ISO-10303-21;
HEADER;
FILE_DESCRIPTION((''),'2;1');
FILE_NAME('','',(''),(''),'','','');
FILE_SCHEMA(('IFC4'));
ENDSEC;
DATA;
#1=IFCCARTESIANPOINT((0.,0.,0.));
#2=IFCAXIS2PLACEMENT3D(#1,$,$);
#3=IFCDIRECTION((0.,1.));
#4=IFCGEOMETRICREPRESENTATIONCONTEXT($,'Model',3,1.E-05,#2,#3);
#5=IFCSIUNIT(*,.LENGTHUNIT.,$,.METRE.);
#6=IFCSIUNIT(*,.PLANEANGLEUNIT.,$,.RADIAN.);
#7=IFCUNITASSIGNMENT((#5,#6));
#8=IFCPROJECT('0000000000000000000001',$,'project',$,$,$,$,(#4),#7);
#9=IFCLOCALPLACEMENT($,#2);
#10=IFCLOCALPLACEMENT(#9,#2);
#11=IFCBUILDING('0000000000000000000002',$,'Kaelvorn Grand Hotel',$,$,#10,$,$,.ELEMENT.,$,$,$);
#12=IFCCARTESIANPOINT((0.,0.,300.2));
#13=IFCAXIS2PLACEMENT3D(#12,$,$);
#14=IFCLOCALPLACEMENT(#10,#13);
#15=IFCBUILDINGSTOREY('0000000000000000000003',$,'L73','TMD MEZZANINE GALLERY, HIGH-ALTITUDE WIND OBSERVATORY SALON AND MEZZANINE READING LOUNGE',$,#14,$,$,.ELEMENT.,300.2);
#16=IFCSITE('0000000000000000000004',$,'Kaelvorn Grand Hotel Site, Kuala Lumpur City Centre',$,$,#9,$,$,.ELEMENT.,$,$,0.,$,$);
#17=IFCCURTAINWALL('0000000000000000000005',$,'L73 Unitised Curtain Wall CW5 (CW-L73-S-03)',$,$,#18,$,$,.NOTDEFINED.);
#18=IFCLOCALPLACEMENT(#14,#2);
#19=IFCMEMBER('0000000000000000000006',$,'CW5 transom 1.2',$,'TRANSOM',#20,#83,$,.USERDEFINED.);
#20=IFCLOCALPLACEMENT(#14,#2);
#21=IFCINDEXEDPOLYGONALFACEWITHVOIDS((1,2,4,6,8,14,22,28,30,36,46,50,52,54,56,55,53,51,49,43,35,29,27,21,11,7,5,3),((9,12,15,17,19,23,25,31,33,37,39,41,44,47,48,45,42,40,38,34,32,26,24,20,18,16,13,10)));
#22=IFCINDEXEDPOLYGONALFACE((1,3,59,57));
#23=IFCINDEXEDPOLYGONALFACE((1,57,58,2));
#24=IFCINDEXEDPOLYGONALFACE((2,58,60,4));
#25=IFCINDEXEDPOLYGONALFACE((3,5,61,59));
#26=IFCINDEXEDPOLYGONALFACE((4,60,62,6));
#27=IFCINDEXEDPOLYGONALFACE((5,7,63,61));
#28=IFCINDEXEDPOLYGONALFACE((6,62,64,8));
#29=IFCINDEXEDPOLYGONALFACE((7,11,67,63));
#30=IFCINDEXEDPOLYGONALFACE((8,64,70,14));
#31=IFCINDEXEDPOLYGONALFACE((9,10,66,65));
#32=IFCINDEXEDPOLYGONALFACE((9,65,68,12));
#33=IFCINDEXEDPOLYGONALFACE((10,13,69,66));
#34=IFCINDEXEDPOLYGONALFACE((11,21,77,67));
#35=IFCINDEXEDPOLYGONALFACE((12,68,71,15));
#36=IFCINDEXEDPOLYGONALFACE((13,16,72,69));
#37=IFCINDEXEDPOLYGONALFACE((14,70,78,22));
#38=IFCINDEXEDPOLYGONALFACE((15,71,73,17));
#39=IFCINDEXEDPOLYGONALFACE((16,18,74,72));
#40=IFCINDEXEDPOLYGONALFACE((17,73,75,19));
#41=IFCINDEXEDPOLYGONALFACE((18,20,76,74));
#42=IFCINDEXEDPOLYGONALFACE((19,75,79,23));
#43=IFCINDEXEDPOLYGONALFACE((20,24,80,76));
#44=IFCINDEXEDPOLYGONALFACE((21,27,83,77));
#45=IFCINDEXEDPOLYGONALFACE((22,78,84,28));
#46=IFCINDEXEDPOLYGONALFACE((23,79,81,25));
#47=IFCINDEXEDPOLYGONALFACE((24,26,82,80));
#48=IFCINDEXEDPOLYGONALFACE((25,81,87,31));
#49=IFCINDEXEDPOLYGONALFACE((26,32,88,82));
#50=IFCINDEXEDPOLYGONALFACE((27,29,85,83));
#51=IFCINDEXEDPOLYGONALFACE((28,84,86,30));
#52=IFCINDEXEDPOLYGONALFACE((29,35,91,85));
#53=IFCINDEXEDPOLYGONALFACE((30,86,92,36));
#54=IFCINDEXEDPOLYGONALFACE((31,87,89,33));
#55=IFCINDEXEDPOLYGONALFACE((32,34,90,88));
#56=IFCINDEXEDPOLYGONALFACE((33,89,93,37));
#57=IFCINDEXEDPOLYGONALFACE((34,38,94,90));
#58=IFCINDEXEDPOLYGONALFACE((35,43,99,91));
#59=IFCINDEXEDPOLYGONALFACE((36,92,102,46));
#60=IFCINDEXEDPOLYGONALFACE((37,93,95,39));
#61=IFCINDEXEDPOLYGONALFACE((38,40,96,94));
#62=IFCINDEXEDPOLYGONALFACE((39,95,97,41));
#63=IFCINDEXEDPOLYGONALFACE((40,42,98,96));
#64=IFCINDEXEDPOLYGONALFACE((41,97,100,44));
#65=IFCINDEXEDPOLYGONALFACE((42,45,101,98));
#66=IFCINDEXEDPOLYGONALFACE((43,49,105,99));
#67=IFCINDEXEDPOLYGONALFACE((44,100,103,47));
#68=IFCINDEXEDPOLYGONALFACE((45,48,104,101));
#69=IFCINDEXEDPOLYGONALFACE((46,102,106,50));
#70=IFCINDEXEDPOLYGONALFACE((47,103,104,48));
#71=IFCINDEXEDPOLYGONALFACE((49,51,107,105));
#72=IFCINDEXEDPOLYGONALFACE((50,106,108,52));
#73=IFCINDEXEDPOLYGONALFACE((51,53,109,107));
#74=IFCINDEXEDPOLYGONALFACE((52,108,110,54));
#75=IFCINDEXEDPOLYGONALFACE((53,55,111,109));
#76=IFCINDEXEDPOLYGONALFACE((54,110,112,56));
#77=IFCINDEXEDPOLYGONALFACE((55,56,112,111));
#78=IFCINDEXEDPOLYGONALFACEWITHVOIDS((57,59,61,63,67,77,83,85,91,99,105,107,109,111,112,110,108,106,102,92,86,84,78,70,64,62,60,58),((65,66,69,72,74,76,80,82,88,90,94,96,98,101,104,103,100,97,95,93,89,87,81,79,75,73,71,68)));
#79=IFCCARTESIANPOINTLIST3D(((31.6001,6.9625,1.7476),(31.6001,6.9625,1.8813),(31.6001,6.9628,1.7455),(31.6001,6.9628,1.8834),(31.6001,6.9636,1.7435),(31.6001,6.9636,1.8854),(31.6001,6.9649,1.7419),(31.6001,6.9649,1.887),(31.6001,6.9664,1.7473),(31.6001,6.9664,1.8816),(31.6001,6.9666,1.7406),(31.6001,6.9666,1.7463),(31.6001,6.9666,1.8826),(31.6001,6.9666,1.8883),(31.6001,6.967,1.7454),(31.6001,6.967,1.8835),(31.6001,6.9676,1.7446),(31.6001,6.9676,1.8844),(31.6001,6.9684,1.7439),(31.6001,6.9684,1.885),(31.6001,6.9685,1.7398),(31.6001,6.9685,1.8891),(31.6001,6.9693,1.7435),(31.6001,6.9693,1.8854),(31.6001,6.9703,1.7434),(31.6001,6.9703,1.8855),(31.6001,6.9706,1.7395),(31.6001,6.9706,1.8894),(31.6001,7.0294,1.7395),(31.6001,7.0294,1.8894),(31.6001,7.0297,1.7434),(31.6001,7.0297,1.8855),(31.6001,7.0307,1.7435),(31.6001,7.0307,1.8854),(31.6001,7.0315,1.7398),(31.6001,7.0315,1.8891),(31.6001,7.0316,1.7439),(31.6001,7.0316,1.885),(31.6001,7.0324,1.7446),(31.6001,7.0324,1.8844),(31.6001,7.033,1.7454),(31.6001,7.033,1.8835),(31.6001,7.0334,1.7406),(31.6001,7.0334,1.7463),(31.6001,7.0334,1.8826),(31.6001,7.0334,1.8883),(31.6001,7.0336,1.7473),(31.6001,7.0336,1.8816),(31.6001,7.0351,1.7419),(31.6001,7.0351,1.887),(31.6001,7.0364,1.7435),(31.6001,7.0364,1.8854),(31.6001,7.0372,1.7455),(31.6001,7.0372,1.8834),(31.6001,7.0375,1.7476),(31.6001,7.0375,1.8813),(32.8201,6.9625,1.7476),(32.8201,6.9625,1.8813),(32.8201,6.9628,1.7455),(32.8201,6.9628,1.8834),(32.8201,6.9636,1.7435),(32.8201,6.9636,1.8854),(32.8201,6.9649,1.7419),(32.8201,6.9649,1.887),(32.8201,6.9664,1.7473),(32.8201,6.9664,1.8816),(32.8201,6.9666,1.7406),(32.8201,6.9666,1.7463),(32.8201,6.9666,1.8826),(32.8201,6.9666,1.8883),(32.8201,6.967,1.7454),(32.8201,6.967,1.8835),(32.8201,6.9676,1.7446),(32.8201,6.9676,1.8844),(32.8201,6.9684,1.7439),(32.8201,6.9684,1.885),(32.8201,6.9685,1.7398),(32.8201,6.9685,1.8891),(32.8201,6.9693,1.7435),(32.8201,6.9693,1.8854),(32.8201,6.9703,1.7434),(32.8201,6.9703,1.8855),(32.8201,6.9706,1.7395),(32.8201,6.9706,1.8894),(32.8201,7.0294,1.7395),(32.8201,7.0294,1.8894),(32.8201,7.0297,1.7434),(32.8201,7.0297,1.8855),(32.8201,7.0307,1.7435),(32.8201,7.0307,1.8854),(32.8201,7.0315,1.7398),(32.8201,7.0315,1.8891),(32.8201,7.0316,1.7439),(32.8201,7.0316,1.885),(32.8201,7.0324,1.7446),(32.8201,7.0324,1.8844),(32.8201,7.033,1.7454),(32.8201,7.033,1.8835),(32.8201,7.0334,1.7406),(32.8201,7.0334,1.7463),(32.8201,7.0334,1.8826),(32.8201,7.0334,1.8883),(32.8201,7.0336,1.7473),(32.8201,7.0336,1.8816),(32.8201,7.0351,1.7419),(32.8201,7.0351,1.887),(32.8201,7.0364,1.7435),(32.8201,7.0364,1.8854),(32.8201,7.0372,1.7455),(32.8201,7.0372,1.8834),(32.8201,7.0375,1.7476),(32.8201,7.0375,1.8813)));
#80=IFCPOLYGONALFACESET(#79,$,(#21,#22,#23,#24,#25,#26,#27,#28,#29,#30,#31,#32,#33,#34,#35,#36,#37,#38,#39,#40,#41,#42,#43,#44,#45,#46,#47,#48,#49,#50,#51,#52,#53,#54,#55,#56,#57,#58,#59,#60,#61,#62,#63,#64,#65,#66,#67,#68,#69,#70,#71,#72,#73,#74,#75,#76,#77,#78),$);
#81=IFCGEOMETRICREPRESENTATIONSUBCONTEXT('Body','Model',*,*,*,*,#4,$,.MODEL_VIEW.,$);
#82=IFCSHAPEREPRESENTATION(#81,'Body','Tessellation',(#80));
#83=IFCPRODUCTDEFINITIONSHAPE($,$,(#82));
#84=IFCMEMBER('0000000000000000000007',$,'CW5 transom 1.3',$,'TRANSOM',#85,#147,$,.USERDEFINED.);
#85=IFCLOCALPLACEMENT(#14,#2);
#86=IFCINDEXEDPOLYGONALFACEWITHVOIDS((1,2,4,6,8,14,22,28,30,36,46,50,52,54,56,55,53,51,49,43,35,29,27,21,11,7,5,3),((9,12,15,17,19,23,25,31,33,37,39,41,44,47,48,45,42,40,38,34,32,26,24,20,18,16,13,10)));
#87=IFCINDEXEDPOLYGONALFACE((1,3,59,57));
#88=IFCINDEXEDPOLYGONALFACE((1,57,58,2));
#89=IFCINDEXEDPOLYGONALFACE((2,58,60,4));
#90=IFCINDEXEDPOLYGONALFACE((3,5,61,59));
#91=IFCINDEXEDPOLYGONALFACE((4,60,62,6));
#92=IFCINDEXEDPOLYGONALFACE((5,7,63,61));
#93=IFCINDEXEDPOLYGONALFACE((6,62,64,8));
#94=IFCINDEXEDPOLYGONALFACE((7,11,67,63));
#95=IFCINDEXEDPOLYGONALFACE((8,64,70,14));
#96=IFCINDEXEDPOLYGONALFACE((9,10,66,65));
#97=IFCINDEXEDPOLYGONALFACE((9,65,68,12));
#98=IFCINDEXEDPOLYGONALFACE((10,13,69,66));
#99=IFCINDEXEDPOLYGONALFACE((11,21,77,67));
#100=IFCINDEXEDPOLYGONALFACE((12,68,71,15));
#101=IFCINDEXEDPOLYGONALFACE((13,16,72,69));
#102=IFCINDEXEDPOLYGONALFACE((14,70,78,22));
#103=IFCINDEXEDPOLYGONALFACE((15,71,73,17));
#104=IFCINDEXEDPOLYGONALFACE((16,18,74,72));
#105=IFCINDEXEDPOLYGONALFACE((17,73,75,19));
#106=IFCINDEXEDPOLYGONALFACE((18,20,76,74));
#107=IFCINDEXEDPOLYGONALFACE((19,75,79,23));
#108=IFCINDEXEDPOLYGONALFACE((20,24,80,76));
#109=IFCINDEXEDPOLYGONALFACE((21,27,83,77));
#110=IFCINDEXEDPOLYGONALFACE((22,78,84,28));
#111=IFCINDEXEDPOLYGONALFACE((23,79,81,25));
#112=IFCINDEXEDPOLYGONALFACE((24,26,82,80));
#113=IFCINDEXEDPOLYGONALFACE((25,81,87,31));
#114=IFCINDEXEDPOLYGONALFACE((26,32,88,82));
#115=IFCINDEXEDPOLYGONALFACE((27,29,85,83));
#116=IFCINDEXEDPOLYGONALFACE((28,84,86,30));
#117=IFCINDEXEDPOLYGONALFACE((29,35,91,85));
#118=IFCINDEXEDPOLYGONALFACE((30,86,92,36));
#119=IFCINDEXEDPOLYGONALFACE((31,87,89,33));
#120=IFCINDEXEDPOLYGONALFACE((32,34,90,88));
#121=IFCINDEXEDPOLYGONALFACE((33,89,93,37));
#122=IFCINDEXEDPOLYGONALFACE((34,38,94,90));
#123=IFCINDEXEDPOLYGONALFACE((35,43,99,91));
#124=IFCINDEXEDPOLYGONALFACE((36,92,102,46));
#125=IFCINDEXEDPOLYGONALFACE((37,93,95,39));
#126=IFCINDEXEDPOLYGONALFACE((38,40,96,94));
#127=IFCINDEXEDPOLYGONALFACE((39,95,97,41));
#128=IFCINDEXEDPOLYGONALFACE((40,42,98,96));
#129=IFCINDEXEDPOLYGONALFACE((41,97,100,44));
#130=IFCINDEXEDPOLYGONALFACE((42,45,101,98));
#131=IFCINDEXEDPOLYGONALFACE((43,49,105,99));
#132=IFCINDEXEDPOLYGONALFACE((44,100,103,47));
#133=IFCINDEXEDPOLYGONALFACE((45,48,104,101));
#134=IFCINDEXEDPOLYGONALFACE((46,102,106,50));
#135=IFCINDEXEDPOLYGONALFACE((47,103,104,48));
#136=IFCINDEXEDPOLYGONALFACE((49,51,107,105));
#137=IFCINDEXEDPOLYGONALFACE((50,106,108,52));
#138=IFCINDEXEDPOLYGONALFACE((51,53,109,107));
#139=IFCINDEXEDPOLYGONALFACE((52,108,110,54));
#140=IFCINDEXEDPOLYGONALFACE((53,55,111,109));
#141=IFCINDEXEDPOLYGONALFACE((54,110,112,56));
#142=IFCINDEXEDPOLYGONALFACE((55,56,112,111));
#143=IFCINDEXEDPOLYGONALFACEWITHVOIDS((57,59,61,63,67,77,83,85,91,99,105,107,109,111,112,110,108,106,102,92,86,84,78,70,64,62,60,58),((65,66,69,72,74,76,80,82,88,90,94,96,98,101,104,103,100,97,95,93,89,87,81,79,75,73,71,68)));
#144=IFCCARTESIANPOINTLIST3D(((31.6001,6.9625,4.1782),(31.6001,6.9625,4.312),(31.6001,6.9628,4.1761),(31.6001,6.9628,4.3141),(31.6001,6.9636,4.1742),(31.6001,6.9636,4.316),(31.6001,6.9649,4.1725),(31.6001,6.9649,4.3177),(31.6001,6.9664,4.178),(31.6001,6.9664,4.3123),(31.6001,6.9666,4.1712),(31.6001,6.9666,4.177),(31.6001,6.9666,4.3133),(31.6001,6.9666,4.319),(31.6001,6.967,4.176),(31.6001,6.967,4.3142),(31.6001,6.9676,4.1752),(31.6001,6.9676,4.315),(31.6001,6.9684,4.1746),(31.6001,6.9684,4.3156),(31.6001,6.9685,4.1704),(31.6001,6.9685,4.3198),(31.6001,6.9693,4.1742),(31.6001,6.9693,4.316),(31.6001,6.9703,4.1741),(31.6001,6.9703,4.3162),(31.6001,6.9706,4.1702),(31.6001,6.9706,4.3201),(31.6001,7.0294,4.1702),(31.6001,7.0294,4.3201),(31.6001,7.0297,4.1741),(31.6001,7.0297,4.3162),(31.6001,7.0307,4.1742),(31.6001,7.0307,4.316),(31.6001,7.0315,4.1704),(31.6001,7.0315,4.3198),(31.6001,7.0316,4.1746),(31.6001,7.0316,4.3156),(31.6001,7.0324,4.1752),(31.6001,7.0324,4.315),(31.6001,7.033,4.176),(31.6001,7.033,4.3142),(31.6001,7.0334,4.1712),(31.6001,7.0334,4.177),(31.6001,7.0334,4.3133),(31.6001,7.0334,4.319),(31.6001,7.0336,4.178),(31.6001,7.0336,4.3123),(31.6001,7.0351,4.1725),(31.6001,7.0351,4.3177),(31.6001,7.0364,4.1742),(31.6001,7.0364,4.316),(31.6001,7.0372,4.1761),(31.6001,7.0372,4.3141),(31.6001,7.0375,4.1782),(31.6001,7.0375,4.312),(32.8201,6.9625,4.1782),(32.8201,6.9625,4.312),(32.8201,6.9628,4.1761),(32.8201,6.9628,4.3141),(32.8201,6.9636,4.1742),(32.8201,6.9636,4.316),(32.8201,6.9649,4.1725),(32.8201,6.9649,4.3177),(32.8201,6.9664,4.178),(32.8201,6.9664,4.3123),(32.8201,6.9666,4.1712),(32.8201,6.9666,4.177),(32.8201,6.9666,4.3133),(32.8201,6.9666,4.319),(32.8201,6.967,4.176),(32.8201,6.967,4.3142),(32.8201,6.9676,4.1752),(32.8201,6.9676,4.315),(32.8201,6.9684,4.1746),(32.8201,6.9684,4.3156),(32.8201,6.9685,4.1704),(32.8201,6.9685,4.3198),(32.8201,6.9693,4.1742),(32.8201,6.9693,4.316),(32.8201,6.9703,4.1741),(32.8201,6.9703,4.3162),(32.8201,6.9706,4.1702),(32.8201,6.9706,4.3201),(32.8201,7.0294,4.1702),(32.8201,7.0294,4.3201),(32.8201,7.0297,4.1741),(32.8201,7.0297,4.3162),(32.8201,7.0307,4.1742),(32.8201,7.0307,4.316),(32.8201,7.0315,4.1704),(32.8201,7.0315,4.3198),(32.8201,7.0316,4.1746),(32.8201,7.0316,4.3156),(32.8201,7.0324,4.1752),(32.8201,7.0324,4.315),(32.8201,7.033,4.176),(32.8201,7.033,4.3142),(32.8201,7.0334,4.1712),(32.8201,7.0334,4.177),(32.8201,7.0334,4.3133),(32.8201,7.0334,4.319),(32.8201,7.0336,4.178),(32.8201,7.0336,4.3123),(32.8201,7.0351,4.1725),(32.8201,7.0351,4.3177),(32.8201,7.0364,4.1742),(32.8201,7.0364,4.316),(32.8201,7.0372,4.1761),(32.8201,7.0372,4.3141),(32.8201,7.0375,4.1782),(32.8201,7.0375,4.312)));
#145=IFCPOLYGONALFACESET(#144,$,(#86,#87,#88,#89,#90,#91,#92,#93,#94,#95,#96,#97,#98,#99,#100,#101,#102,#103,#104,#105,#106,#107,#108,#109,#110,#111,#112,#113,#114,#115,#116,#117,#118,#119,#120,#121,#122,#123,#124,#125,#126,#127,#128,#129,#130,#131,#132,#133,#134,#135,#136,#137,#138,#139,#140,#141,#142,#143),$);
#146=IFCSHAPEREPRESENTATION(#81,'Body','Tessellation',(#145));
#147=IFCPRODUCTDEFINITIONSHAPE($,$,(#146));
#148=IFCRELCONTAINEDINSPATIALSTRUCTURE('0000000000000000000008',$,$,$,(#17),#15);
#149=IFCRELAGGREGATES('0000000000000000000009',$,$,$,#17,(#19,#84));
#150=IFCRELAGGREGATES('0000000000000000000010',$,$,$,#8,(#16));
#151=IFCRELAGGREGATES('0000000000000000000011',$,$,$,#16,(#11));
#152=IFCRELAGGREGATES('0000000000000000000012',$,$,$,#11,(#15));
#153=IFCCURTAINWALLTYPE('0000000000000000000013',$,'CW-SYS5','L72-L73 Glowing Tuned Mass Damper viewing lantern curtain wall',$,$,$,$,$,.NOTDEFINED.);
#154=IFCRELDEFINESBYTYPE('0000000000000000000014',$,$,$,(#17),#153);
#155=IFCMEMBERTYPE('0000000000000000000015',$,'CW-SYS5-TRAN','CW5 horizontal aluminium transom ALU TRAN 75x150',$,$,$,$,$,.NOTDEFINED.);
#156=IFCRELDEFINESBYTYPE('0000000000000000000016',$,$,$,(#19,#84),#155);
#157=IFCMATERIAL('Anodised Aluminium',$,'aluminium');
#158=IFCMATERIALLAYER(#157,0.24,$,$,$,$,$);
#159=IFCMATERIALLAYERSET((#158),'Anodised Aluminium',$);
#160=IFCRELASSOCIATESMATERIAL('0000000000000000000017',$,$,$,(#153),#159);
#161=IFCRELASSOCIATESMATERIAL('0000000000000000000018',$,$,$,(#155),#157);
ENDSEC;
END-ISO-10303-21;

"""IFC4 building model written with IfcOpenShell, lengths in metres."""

from ifc_helpers import new_model, si_unit, direction, frame, origin, origin_2d, place, context, subcontext, project, spatial, hollow_rectangle, extrude, material, layer, layer_set, material_profile, profile_set, type_object, element, aggregate, save


model = new_model("IFC4")

# Units and contexts
model_context = context("Model", 3, precision=1e-05, world=origin(), true_north=direction((0.0, 1.0)))
body_context = subcontext(model_context, "Body", "Model", "MODEL_VIEW")
ifc_project = project(units=[si_unit("LENGTHUNIT", "METRE"), si_unit("PLANEANGLEUNIT", "RADIAN")], contexts=[model_context])

# Site, building, storey
site_placement = place(None, origin())
site = spatial("IfcSite", under=ifc_project, at=site_placement, Name="Kaelvorn Grand Hotel Site, Kuala Lumpur City Centre", CompositionType="ELEMENT", RefElevation=0.0)
building_placement = place(site_placement, origin())
building = spatial("IfcBuilding", under=site, at=building_placement, Name="Kaelvorn Grand Hotel", CompositionType="ELEMENT")
storey_placement = place(building_placement, frame((0.0, 0.0, 300.2)))
storey = spatial("IfcBuildingStorey", under=building, at=storey_placement, Name="L73", Description="TMD MEZZANINE GALLERY, HIGH-ALTITUDE WIND OBSERVATORY SALON AND MEZZANINE READING LOUNGE", CompositionType="ELEMENT", Elevation=300.2)

# Curtain wall
ifc_material_1 = material(Name="Anodised Aluminium", Category="aluminium")
ifc_layer_1 = layer(ifc_material_1, 0.24)
ifc_layer_set_1 = layer_set([ifc_layer_1], Name="Anodised Aluminium")
curtain_wall_type = type_object("IfcCurtainWallType", Name="CW-SYS5", Description="L72-L73 Glowing Tuned Mass Damper viewing lantern curtain wall", PredefinedType="NOTDEFINED", material=ifc_layer_set_1)
curtain_wall_1_placement = place(storey_placement, origin())
curtain_wall_1 = element("IfcCurtainWall", 1, at=curtain_wall_1_placement, inside=storey, type_object=curtain_wall_type, Name="L73 Unitised Curtain Wall CW5 (CW-L73-S-03)", PredefinedType="NOTDEFINED")

# Members
ifc_material_profile_1 = material_profile(ifc_material_1, hollow_rectangle(XDim=0.075, YDim=0.1499, WallThickness=0.0039, InnerFilletRadius=0.0039, OuterFilletRadius=0.0081, at=origin_2d()), Name="ALU TRAN 75x150")
ifc_profile_set_1 = profile_set([ifc_material_profile_1], Name="Anodised Aluminium")
member_type_1 = type_object("IfcMemberType", Name="CW-SYS5-TRAN", Description="CW5 horizontal aluminium transom ALU TRAN 75x150", PredefinedType="NOTDEFINED", material=ifc_profile_set_1)
member_1_placement = place(storey_placement, frame((31.6001, 7.0, 1.8145), z_axis=(1.0, 0.0, 0.0), x_axis=(0.0, 1.0, 0.0)))
member_1 = element("IfcMember", 2, at=member_1_placement, type_object=member_type_1, Name="CW5 transom 1.2", ObjectType="TRANSOM", PredefinedType="USERDEFINED", context=body_context, shape_type="SweptSolid", body=[
    extrude(hollow_rectangle(XDim=0.075, YDim=0.1499, WallThickness=0.0039, InnerFilletRadius=0.0039, OuterFilletRadius=0.0081, at=origin_2d()), origin(), (0.0, 0.0, 1.0), 1.22),
])
member_2_placement = place(storey_placement, frame((31.6001, 7.0, 4.2451), z_axis=(1.0, 0.0, 0.0), x_axis=(0.0, 1.0, 0.0)))
member_2 = element("IfcMember", 3, at=member_2_placement, type_object=member_type_1, Name="CW5 transom 1.3", ObjectType="TRANSOM", PredefinedType="USERDEFINED", context=body_context, shape_type="SweptSolid", body=[
    extrude(hollow_rectangle(XDim=0.075, YDim=0.1499, WallThickness=0.0039, InnerFilletRadius=0.0039, OuterFilletRadius=0.0081, at=origin_2d()), origin(), (0.0, 0.0, 1.0), 1.22),
])

aggregate(curtain_wall_1, [member_1, member_2])

save(model, "model.ifc")
